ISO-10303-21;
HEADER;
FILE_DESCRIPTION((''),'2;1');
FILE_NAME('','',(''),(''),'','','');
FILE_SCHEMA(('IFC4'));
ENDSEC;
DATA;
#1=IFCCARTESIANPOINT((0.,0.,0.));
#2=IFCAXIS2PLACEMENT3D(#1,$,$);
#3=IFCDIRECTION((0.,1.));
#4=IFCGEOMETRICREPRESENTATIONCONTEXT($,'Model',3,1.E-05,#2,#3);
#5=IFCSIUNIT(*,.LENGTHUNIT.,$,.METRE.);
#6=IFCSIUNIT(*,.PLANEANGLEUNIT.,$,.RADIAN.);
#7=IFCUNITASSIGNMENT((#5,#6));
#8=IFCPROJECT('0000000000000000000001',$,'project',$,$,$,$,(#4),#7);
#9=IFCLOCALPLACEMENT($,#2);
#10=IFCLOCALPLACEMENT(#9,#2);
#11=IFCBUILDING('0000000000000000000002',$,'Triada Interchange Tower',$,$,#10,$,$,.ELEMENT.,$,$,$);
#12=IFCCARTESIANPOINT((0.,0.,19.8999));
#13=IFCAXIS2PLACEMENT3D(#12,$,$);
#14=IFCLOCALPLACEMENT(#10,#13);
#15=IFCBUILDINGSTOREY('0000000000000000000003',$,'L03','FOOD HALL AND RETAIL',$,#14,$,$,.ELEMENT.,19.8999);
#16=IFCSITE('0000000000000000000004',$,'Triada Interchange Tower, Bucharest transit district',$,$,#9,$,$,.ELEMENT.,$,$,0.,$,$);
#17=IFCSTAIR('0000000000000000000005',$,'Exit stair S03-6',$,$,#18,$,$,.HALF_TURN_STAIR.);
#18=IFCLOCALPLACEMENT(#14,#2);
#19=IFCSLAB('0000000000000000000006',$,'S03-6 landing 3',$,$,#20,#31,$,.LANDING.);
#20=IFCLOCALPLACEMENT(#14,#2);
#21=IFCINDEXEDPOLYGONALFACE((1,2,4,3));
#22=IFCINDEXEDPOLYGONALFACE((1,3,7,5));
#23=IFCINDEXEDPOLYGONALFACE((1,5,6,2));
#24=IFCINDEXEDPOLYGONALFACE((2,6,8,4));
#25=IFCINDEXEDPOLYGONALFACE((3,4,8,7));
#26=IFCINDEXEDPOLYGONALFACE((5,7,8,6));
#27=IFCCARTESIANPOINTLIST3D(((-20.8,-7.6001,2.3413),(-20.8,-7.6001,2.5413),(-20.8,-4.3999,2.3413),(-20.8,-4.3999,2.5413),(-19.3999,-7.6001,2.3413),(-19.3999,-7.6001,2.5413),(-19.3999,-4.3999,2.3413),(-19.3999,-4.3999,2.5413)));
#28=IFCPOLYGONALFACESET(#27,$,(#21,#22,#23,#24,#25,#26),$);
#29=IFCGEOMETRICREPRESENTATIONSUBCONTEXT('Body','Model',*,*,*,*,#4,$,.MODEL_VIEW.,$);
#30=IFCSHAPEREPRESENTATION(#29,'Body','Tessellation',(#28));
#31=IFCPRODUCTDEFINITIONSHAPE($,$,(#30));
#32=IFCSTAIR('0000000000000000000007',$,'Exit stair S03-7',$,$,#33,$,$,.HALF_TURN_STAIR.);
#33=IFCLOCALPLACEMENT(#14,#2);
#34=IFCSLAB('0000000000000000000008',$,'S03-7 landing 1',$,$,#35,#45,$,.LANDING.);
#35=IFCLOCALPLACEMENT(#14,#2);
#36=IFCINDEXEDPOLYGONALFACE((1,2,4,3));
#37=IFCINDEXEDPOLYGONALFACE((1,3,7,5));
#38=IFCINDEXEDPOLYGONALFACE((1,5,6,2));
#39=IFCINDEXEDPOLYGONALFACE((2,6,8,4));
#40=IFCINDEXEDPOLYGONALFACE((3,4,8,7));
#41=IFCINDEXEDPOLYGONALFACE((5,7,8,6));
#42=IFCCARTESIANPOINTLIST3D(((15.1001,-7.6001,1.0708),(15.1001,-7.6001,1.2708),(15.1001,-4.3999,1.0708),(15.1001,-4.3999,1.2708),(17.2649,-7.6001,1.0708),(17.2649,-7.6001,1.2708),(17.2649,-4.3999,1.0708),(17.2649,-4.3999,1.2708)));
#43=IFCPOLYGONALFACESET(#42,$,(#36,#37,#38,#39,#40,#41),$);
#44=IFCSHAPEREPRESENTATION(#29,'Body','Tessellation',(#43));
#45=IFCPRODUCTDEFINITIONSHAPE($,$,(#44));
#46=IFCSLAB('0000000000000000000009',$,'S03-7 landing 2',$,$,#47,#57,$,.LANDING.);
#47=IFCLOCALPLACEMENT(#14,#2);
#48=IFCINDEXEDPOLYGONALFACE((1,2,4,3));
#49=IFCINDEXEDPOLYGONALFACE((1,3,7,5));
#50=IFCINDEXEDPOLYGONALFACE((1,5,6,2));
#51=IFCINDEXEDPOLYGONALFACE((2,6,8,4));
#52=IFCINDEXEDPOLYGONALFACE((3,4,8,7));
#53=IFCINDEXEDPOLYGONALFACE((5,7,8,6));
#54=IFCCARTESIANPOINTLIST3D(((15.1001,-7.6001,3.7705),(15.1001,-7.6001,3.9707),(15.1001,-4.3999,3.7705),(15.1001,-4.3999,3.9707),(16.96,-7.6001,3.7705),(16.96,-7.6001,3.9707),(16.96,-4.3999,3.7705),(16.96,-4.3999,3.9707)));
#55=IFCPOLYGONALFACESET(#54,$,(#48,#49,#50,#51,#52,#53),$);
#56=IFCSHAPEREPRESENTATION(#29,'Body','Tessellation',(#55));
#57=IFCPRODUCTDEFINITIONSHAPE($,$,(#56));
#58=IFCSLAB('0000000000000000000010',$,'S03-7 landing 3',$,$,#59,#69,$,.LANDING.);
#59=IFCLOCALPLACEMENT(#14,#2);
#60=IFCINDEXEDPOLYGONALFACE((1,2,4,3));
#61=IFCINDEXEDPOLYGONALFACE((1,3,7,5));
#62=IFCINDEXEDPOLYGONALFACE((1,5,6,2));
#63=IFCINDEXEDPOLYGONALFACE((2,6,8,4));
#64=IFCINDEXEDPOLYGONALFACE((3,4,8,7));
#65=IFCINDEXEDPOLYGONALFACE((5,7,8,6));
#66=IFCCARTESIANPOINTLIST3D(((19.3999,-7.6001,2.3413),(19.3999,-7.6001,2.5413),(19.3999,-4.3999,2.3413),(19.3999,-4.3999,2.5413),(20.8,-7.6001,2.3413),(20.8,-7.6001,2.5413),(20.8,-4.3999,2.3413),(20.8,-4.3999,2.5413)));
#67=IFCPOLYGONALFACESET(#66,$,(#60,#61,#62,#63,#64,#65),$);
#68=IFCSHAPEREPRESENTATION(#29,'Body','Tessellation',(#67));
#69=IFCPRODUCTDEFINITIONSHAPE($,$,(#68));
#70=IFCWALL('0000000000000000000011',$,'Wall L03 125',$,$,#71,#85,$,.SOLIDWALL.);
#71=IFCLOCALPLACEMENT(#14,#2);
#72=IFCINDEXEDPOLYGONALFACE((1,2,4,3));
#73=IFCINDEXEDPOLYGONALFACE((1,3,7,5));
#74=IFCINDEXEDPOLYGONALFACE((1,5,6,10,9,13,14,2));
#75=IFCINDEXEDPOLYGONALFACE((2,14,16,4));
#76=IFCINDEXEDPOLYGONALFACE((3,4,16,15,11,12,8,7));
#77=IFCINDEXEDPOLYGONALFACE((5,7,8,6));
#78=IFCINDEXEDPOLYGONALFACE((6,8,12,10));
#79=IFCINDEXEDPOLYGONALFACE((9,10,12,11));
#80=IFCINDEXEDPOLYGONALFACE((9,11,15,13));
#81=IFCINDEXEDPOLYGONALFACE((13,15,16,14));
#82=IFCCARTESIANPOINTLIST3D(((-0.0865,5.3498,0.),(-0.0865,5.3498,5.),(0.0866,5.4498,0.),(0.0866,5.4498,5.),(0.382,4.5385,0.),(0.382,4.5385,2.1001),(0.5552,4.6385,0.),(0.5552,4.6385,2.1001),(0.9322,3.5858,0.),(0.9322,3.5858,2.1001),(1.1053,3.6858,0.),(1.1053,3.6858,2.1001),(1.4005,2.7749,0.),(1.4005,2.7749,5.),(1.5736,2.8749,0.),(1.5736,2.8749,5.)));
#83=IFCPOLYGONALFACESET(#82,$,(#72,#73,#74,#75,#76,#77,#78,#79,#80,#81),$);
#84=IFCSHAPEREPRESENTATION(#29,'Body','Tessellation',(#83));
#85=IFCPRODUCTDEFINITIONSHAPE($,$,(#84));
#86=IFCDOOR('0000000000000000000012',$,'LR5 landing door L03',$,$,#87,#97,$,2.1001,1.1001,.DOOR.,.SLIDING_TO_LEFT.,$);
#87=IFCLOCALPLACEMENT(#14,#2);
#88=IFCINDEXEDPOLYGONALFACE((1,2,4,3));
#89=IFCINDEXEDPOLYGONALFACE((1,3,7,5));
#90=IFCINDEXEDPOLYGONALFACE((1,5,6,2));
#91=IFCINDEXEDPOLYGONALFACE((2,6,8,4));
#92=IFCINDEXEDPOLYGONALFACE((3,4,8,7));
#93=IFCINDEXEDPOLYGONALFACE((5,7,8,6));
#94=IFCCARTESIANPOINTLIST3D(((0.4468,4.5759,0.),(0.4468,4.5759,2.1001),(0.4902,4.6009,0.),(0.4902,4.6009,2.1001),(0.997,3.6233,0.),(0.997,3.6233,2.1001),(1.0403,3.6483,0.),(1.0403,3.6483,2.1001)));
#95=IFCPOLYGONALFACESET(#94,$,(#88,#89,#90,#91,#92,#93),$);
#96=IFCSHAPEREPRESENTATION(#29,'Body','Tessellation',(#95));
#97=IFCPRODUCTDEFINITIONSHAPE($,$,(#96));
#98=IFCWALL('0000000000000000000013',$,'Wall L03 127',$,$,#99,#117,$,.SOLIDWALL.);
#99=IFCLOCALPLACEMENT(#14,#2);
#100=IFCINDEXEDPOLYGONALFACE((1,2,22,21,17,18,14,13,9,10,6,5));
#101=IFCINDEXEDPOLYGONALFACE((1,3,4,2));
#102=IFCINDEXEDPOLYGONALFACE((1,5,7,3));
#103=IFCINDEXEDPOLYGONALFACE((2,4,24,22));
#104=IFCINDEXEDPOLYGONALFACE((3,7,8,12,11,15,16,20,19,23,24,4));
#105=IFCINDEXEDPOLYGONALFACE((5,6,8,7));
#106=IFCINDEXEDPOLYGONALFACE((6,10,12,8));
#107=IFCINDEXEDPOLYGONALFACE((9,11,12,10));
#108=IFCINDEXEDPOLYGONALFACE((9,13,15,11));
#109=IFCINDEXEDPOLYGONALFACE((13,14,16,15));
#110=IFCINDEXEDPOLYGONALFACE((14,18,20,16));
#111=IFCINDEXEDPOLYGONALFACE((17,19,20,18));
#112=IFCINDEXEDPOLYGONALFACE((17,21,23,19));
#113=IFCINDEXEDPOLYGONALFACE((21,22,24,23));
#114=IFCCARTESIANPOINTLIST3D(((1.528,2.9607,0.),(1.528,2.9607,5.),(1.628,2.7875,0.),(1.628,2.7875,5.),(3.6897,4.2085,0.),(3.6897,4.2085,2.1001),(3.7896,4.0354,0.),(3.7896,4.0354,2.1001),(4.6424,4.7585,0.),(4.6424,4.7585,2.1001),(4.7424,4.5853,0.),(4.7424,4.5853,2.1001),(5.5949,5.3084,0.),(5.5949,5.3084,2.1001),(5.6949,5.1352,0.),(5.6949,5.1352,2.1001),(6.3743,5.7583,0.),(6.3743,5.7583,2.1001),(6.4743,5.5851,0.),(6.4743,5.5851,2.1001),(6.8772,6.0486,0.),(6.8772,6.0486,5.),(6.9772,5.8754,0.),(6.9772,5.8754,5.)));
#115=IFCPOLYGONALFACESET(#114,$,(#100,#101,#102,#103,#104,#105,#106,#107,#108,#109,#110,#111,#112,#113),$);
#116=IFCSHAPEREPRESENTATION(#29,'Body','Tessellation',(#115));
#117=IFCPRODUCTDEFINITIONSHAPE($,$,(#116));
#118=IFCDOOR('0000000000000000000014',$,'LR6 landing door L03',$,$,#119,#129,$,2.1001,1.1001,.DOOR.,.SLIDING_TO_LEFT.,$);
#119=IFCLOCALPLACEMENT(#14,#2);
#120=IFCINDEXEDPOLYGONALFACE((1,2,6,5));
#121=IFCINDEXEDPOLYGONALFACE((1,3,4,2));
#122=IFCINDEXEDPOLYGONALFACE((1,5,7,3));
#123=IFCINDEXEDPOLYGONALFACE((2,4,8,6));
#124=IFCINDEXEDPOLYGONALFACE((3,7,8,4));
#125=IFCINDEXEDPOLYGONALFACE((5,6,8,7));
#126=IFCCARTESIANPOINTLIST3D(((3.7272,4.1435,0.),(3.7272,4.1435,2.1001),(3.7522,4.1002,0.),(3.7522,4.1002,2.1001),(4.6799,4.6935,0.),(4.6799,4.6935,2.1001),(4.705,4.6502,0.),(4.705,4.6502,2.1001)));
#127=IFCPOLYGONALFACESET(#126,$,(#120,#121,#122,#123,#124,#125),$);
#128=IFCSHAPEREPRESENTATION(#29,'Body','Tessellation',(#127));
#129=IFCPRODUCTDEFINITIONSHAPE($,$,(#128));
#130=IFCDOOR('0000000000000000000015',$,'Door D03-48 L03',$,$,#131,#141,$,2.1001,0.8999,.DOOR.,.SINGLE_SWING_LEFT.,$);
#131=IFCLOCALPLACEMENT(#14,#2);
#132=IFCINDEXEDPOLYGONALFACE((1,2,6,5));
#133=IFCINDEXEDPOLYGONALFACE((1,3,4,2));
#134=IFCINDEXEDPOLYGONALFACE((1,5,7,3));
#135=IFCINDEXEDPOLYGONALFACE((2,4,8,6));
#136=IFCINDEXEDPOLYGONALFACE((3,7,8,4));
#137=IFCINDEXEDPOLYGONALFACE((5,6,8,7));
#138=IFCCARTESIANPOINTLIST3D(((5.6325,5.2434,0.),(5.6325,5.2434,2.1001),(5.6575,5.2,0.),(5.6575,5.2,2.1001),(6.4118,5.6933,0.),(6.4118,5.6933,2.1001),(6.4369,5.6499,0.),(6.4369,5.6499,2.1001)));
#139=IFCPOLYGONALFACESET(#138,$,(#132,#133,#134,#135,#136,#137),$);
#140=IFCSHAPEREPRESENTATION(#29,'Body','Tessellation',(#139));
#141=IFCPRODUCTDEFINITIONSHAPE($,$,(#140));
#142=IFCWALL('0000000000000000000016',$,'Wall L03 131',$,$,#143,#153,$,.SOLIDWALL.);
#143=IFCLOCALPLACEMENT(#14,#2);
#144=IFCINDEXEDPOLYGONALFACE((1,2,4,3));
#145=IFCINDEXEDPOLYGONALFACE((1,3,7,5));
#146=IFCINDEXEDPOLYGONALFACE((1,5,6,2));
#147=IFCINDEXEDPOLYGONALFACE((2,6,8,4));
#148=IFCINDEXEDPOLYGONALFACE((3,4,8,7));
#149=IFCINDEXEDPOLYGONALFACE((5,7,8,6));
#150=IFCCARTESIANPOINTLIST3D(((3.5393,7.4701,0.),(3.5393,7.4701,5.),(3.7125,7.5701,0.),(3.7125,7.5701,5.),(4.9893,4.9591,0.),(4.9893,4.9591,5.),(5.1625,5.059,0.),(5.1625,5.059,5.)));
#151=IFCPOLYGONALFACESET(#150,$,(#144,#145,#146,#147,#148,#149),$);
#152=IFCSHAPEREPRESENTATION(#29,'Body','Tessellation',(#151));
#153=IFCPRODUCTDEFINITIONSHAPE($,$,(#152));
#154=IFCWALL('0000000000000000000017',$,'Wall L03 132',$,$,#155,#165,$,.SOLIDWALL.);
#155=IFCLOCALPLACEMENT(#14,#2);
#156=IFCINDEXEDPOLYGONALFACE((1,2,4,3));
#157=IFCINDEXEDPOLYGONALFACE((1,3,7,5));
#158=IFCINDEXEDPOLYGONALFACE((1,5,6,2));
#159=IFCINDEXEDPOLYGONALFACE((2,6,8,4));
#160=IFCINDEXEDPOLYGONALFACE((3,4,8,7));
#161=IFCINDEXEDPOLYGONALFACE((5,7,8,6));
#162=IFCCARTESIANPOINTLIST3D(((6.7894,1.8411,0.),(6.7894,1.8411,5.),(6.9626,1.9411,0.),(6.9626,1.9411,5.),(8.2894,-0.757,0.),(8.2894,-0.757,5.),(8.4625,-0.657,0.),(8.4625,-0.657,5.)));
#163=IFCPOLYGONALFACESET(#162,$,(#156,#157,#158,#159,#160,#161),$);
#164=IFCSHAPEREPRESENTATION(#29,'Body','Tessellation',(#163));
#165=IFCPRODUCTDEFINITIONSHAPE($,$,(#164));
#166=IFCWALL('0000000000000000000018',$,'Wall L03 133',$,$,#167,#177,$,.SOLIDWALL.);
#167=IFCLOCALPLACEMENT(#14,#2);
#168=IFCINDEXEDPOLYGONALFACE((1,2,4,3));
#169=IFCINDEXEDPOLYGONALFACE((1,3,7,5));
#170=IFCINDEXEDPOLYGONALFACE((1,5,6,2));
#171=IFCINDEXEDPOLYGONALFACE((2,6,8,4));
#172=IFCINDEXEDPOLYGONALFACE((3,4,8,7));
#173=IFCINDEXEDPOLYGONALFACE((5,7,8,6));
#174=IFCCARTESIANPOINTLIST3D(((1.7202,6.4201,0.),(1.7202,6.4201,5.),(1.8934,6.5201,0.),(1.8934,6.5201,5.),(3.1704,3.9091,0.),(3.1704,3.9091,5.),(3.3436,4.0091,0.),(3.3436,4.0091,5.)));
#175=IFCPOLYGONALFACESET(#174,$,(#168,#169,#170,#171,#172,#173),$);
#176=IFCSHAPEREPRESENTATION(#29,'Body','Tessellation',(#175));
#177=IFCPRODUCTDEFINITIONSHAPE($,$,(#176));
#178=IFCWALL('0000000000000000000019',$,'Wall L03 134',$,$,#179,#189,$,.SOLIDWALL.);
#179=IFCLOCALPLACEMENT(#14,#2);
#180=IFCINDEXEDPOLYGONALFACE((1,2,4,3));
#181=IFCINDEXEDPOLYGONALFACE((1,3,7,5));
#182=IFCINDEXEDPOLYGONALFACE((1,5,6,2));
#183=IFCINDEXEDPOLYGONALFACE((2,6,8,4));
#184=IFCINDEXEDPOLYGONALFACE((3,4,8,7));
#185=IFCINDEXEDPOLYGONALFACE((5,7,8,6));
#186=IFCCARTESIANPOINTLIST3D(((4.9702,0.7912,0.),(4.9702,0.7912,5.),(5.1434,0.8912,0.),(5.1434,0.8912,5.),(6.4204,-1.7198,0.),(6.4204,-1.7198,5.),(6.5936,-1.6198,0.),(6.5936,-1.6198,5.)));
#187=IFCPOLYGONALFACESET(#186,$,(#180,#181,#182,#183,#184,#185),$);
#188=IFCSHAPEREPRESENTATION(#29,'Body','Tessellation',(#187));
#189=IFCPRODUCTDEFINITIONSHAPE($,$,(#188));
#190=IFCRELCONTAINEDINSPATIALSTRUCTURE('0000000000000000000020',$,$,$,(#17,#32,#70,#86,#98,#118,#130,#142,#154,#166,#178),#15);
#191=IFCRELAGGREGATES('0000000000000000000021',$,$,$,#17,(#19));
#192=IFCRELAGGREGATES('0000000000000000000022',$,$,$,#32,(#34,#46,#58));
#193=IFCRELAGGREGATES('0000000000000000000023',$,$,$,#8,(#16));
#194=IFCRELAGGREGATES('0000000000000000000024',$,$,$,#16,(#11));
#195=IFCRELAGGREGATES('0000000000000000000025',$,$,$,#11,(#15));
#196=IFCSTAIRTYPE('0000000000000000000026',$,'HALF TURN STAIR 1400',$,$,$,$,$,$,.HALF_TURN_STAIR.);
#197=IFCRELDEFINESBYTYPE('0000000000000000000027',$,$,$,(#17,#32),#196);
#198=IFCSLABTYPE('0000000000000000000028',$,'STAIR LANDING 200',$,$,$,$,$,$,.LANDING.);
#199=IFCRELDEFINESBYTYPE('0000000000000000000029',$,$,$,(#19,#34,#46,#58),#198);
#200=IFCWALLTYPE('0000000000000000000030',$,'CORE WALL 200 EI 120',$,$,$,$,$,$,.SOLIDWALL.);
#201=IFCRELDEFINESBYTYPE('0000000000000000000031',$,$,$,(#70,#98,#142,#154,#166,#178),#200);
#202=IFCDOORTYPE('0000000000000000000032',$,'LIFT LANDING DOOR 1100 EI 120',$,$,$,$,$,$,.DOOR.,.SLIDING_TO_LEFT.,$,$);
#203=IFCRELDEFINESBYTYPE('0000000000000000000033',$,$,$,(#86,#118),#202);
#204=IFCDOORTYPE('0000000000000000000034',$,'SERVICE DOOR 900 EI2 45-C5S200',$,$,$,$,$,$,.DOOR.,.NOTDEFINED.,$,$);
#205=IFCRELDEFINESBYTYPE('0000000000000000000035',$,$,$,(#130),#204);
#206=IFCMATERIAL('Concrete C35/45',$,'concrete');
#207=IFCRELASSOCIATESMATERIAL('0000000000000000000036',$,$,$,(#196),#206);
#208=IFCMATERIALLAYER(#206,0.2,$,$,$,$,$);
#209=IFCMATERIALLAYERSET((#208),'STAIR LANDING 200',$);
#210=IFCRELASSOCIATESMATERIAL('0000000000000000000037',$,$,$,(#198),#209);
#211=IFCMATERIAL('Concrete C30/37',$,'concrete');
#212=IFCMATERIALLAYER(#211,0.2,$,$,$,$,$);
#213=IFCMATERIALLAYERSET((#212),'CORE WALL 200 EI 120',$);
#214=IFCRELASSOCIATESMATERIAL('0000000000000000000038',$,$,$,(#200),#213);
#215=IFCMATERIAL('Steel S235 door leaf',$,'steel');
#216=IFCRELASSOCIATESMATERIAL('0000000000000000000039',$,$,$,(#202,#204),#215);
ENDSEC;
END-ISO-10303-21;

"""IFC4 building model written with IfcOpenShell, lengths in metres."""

from ifc_helpers import new_model, si_unit, direction, frame, frame_2d, origin, place, context, subcontext, project, spatial, polyline, rectangle, outline, extrude, material, layer, layer_set, type_object, element, fill, aggregate, save


model = new_model("IFC4")

# Units and contexts
model_context = context("Model", 3, precision=1e-05, world=origin(), true_north=direction((0.0, 1.0)))
body_context = subcontext(model_context, "Body", "Model", "MODEL_VIEW")
ifc_project = project(units=[si_unit("LENGTHUNIT", "METRE"), si_unit("PLANEANGLEUNIT", "RADIAN")], contexts=[model_context])

# Site, building, storey
site_placement = place(None, origin())
site = spatial("IfcSite", under=ifc_project, at=site_placement, Name="Triada Interchange Tower, Bucharest transit district", CompositionType="ELEMENT", RefElevation=0.0)
building_placement = place(site_placement, origin())
building = spatial("IfcBuilding", under=site, at=building_placement, Name="Triada Interchange Tower", CompositionType="ELEMENT")
storey_placement = place(building_placement, frame((0.0, 0.0, 19.8999)))
storey = spatial("IfcBuildingStorey", under=building, at=storey_placement, Name="L03", Description="FOOD HALL AND RETAIL", CompositionType="ELEMENT", Elevation=19.8999)

# Stairs, slabs
ifc_material_1 = material(Name="Concrete C35/45", Category="concrete")
stair_type = type_object("IfcStairType", Name="HALF TURN STAIR 1400", PredefinedType="HALF_TURN_STAIR", material=ifc_material_1)
ifc_layer_1 = layer(ifc_material_1, 0.2)
ifc_layer_set_1 = layer_set([ifc_layer_1], Name="STAIR LANDING 200")
slab_type_1 = type_object("IfcSlabType", Name="STAIR LANDING 200", PredefinedType="LANDING", material=ifc_layer_set_1)
stair_1_placement = place(storey_placement, origin())
stair_1 = element("IfcStair", 1, at=stair_1_placement, inside=storey, type_object=stair_type, Name="Exit stair S03-6", PredefinedType="HALF_TURN_STAIR")
slab_1_placement = place(storey_placement, frame((0.0, 0.0, 2.3413)))
slab_1 = element("IfcSlab", 2, at=slab_1_placement, type_object=slab_type_1, Name="S03-6 landing 3", PredefinedType="LANDING", context=body_context, shape_type="SweptSolid", body=[
    extrude(outline(polyline([(-19.3999, -4.3999), (-20.8, -4.3999), (-20.8, -7.6001), (-19.3999, -7.6001), (-19.3999, -4.3999)])), origin(), (0.0, 0.0, 1.0), 0.2),
])
aggregate(stair_1, [slab_1])
stair_2_placement = place(storey_placement, origin())
stair_2 = element("IfcStair", 3, at=stair_2_placement, inside=storey, type_object=stair_type, Name="Exit stair S03-7", PredefinedType="HALF_TURN_STAIR")
slab_2_placement = place(storey_placement, frame((0.0, 0.0, 1.0708)))
slab_2 = element("IfcSlab", 4, at=slab_2_placement, type_object=slab_type_1, Name="S03-7 landing 1", PredefinedType="LANDING", context=body_context, shape_type="SweptSolid", body=[
    extrude(outline(polyline([(15.1001, -7.6001), (17.2649, -7.6001), (17.2649, -4.3999), (15.1001, -4.3999), (15.1001, -7.6001)])), origin(), (0.0, 0.0, 1.0), 0.2),
])
slab_3_placement = place(storey_placement, frame((0.0, 0.0, 3.7705)))
slab_3 = element("IfcSlab", 5, at=slab_3_placement, type_object=slab_type_1, Name="S03-7 landing 2", PredefinedType="LANDING", context=body_context, shape_type="SweptSolid", body=[
    extrude(outline(polyline([(15.1001, -7.6001), (16.96, -7.6001), (16.96, -4.3999), (15.1001, -4.3999), (15.1001, -7.6001)])), origin(), (0.0, 0.0, 1.0), 0.2002),
])
slab_4_placement = place(storey_placement, frame((0.0, 0.0, 2.3413)))
slab_4 = element("IfcSlab", 6, at=slab_4_placement, type_object=slab_type_1, Name="S03-7 landing 3", PredefinedType="LANDING", context=body_context, shape_type="SweptSolid", body=[
    extrude(outline(polyline([(19.3999, -7.6001), (20.8, -7.6001), (20.8, -4.3999), (19.3999, -4.3999), (19.3999, -7.6001)])), origin(), (0.0, 0.0, 1.0), 0.2),
])
aggregate(stair_2, [slab_2, slab_3, slab_4])

# Wall, opening, door
ifc_material_2 = material(Name="Concrete C30/37", Category="concrete")
ifc_layer_2 = layer(ifc_material_2, 0.2)
ifc_layer_set_2 = layer_set([ifc_layer_2], Name="CORE WALL 200 EI 120")
wall_type_1 = type_object("IfcWallType", Name="CORE WALL 200 EI 120", PredefinedType="SOLIDWALL", material=ifc_layer_set_2)
wall_1_placement = place(storey_placement, frame((0.0, 5.3999, 0.0), z_axis=(0.0, 0.0, 1.0), x_axis=(0.500104, -0.865965, 0.0)))
wall_1 = element("IfcWall", 7, at=wall_1_placement, inside=storey, type_object=wall_type_1, Name="Wall L03 125", PredefinedType="SOLIDWALL", context=body_context, shape_type="SweptSolid", body=[
    extrude(rectangle(XDim=2.9734, YDim=0.2, at=frame_2d((1.4868, 0.0))), origin(), (0.0, 0.0, 1.0), 5.0),
])
opening_1_placement = place(wall_1_placement, frame((0.937, 0.0, 0.0)))
opening_1 = element("IfcOpeningElement", 8, at=opening_1_placement, cuts=wall_1, PredefinedType="OPENING", context=body_context, shape_type="SweptSolid", body=[
    extrude(rectangle(XDim=1.1001, YDim=2.1001, at=frame_2d((0.55, 1.05))), frame((0.0, 0.1099, 0.0), z_axis=(0.0, -1.0, 0.0), x_axis=(1.0, 0.0, 0.0)), (0.0, 0.0, 1.0), 0.22),
])
ifc_material_3 = material(Name="Steel S235 door leaf", Category="steel")
door_type_1 = type_object("IfcDoorType", Name="LIFT LANDING DOOR 1100 EI 120", OperationType="SLIDING_TO_LEFT", PredefinedType="DOOR", material=ifc_material_3)
door_1_placement = place(opening_1_placement, origin())
door_1 = element("IfcDoor", 9, at=door_1_placement, inside=storey, type_object=door_type_1, Name="LR5 landing door L03", OperationType="SLIDING_TO_LEFT", OverallHeight=2.1001, OverallWidth=1.1001, PredefinedType="DOOR", context=body_context, shape_type="SweptSolid", body=[
    extrude(rectangle(XDim=1.1001, YDim=2.1001, at=frame_2d((0.55, 1.05))), frame((0.0, 0.0249, 0.0), z_axis=(0.0, -1.0, 0.0), x_axis=(1.0, 0.0, 0.0)), (0.0, 0.0, 1.0), 0.05),
])
fill(opening_1, door_1)

# Wall, openings, doors
wall_2_placement = place(storey_placement, frame((1.5779, 2.874, 0.0), z_axis=(0.0, 0.0, 1.0), x_axis=(0.866055, 0.499948, 0.0)))
wall_2 = element("IfcWall", 10, at=wall_2_placement, inside=storey, type_object=wall_type_1, Name="Wall L03 127", PredefinedType="SOLIDWALL", context=body_context, shape_type="SweptSolid", body=[
    extrude(rectangle(XDim=6.1765, YDim=0.2, at=frame_2d((3.0884, 0.0))), origin(), (0.0, 0.0, 1.0), 5.0),
])
opening_2_placement = place(wall_2_placement, frame((2.4961, 0.0, 0.0)))
opening_2 = element("IfcOpeningElement", 11, at=opening_2_placement, cuts=wall_2, PredefinedType="OPENING", context=body_context, shape_type="SweptSolid", body=[
    extrude(rectangle(XDim=1.1001, YDim=2.1001, at=frame_2d((0.55, 1.05))), frame((0.0, 0.1099, 0.0), z_axis=(0.0, -1.0, 0.0), x_axis=(1.0, 0.0, 0.0)), (0.0, 0.0, 1.0), 0.22),
])
opening_3_placement = place(wall_2_placement, frame((4.696, 0.0, 0.0)))
opening_3 = element("IfcOpeningElement", 12, at=opening_3_placement, cuts=wall_2, PredefinedType="OPENING", context=body_context, shape_type="SweptSolid", body=[
    extrude(rectangle(XDim=0.8999, YDim=2.1001, at=frame_2d((0.45, 1.05))), frame((0.0, 0.1099, 0.0), z_axis=(0.0, -1.0, 0.0), x_axis=(1.0, 0.0, 0.0)), (0.0, 0.0, 1.0), 0.22),
])
door_2_placement = place(opening_2_placement, origin())
door_2 = element("IfcDoor", 13, at=door_2_placement, inside=storey, type_object=door_type_1, Name="LR6 landing door L03", OperationType="SLIDING_TO_LEFT", OverallHeight=2.1001, OverallWidth=1.1001, PredefinedType="DOOR", context=body_context, shape_type="SweptSolid", body=[
    extrude(rectangle(XDim=1.1001, YDim=2.1001, at=frame_2d((0.55, 1.05))), frame((0.0, 0.0249, 0.0), z_axis=(0.0, -1.0, 0.0), x_axis=(1.0, 0.0, 0.0)), (0.0, 0.0, 1.0), 0.05),
])
fill(opening_2, door_2)
door_type_2 = type_object("IfcDoorType", Name="SERVICE DOOR 900 EI2 45-C5S200", OperationType="NOTDEFINED", PredefinedType="DOOR", material=ifc_material_3)
door_3_placement = place(opening_3_placement, origin())
door_3 = element("IfcDoor", 14, at=door_3_placement, inside=storey, type_object=door_type_2, Name="Door D03-48 L03", OperationType="SINGLE_SWING_LEFT", OverallHeight=2.1001, OverallWidth=0.8999, PredefinedType="DOOR", context=body_context, shape_type="SweptSolid", body=[
    extrude(rectangle(XDim=0.8999, YDim=2.1001, at=frame_2d((0.45, 1.05))), frame((0.0, 0.0249, 0.0), z_axis=(0.0, -1.0, 0.0), x_axis=(1.0, 0.0, 0.0)), (0.0, 0.0, 1.0), 0.05),
])
fill(opening_3, door_3)

# Walls
wall_3_placement = place(storey_placement, frame((3.626, 7.52, 0.0), z_axis=(0.0, 0.0, 1.0), x_axis=(0.50006, -0.865991, 0.0)))
element("IfcWall", 15, at=wall_3_placement, inside=storey, type_object=wall_type_1, Name="Wall L03 131", PredefinedType="SOLIDWALL", context=body_context, shape_type="SweptSolid", body=[
    extrude(rectangle(XDim=2.8997, YDim=0.2, at=frame_2d((1.4497, 0.0))), origin(), (0.0, 0.0, 1.0), 5.0),
])
wall_4_placement = place(storey_placement, frame((6.876, 1.8911, 0.0), z_axis=(0.0, 0.0, 1.0), x_axis=(0.49999, -0.866031, 0.0)))
element("IfcWall", 16, at=wall_4_placement, inside=storey, type_object=wall_type_1, Name="Wall L03 132", PredefinedType="SOLIDWALL", context=body_context, shape_type="SweptSolid", body=[
    extrude(rectangle(XDim=3.0, YDim=0.2, at=frame_2d((1.5, 0.0))), origin(), (0.0, 0.0, 1.0), 5.0),
])
for number, where, z_axis, x_axis, name in (
    (17, (1.8069, 6.47, 0.0), (0.0, 0.0, 1.0), (0.500123, -0.865954, 0.0), "Wall L03 133"),
    (18, (5.0569, 0.8411, 0.0), (0.0, 0.0, 1.0), (0.500123, -0.865954, 0.0), "Wall L03 134"),
):
    element("IfcWall", number, at=place(storey_placement, frame(where, z_axis=z_axis, x_axis=x_axis)), inside=storey, type_object=wall_type_1, Name=name, PredefinedType="SOLIDWALL", context=body_context, shape_type="SweptSolid", body=[
        extrude(rectangle(XDim=2.8997, YDim=0.2, at=frame_2d((1.4497, 0.0))), origin(), (0.0, 0.0, 1.0), 5.0),
    ])

save(model, "model.ifc")
